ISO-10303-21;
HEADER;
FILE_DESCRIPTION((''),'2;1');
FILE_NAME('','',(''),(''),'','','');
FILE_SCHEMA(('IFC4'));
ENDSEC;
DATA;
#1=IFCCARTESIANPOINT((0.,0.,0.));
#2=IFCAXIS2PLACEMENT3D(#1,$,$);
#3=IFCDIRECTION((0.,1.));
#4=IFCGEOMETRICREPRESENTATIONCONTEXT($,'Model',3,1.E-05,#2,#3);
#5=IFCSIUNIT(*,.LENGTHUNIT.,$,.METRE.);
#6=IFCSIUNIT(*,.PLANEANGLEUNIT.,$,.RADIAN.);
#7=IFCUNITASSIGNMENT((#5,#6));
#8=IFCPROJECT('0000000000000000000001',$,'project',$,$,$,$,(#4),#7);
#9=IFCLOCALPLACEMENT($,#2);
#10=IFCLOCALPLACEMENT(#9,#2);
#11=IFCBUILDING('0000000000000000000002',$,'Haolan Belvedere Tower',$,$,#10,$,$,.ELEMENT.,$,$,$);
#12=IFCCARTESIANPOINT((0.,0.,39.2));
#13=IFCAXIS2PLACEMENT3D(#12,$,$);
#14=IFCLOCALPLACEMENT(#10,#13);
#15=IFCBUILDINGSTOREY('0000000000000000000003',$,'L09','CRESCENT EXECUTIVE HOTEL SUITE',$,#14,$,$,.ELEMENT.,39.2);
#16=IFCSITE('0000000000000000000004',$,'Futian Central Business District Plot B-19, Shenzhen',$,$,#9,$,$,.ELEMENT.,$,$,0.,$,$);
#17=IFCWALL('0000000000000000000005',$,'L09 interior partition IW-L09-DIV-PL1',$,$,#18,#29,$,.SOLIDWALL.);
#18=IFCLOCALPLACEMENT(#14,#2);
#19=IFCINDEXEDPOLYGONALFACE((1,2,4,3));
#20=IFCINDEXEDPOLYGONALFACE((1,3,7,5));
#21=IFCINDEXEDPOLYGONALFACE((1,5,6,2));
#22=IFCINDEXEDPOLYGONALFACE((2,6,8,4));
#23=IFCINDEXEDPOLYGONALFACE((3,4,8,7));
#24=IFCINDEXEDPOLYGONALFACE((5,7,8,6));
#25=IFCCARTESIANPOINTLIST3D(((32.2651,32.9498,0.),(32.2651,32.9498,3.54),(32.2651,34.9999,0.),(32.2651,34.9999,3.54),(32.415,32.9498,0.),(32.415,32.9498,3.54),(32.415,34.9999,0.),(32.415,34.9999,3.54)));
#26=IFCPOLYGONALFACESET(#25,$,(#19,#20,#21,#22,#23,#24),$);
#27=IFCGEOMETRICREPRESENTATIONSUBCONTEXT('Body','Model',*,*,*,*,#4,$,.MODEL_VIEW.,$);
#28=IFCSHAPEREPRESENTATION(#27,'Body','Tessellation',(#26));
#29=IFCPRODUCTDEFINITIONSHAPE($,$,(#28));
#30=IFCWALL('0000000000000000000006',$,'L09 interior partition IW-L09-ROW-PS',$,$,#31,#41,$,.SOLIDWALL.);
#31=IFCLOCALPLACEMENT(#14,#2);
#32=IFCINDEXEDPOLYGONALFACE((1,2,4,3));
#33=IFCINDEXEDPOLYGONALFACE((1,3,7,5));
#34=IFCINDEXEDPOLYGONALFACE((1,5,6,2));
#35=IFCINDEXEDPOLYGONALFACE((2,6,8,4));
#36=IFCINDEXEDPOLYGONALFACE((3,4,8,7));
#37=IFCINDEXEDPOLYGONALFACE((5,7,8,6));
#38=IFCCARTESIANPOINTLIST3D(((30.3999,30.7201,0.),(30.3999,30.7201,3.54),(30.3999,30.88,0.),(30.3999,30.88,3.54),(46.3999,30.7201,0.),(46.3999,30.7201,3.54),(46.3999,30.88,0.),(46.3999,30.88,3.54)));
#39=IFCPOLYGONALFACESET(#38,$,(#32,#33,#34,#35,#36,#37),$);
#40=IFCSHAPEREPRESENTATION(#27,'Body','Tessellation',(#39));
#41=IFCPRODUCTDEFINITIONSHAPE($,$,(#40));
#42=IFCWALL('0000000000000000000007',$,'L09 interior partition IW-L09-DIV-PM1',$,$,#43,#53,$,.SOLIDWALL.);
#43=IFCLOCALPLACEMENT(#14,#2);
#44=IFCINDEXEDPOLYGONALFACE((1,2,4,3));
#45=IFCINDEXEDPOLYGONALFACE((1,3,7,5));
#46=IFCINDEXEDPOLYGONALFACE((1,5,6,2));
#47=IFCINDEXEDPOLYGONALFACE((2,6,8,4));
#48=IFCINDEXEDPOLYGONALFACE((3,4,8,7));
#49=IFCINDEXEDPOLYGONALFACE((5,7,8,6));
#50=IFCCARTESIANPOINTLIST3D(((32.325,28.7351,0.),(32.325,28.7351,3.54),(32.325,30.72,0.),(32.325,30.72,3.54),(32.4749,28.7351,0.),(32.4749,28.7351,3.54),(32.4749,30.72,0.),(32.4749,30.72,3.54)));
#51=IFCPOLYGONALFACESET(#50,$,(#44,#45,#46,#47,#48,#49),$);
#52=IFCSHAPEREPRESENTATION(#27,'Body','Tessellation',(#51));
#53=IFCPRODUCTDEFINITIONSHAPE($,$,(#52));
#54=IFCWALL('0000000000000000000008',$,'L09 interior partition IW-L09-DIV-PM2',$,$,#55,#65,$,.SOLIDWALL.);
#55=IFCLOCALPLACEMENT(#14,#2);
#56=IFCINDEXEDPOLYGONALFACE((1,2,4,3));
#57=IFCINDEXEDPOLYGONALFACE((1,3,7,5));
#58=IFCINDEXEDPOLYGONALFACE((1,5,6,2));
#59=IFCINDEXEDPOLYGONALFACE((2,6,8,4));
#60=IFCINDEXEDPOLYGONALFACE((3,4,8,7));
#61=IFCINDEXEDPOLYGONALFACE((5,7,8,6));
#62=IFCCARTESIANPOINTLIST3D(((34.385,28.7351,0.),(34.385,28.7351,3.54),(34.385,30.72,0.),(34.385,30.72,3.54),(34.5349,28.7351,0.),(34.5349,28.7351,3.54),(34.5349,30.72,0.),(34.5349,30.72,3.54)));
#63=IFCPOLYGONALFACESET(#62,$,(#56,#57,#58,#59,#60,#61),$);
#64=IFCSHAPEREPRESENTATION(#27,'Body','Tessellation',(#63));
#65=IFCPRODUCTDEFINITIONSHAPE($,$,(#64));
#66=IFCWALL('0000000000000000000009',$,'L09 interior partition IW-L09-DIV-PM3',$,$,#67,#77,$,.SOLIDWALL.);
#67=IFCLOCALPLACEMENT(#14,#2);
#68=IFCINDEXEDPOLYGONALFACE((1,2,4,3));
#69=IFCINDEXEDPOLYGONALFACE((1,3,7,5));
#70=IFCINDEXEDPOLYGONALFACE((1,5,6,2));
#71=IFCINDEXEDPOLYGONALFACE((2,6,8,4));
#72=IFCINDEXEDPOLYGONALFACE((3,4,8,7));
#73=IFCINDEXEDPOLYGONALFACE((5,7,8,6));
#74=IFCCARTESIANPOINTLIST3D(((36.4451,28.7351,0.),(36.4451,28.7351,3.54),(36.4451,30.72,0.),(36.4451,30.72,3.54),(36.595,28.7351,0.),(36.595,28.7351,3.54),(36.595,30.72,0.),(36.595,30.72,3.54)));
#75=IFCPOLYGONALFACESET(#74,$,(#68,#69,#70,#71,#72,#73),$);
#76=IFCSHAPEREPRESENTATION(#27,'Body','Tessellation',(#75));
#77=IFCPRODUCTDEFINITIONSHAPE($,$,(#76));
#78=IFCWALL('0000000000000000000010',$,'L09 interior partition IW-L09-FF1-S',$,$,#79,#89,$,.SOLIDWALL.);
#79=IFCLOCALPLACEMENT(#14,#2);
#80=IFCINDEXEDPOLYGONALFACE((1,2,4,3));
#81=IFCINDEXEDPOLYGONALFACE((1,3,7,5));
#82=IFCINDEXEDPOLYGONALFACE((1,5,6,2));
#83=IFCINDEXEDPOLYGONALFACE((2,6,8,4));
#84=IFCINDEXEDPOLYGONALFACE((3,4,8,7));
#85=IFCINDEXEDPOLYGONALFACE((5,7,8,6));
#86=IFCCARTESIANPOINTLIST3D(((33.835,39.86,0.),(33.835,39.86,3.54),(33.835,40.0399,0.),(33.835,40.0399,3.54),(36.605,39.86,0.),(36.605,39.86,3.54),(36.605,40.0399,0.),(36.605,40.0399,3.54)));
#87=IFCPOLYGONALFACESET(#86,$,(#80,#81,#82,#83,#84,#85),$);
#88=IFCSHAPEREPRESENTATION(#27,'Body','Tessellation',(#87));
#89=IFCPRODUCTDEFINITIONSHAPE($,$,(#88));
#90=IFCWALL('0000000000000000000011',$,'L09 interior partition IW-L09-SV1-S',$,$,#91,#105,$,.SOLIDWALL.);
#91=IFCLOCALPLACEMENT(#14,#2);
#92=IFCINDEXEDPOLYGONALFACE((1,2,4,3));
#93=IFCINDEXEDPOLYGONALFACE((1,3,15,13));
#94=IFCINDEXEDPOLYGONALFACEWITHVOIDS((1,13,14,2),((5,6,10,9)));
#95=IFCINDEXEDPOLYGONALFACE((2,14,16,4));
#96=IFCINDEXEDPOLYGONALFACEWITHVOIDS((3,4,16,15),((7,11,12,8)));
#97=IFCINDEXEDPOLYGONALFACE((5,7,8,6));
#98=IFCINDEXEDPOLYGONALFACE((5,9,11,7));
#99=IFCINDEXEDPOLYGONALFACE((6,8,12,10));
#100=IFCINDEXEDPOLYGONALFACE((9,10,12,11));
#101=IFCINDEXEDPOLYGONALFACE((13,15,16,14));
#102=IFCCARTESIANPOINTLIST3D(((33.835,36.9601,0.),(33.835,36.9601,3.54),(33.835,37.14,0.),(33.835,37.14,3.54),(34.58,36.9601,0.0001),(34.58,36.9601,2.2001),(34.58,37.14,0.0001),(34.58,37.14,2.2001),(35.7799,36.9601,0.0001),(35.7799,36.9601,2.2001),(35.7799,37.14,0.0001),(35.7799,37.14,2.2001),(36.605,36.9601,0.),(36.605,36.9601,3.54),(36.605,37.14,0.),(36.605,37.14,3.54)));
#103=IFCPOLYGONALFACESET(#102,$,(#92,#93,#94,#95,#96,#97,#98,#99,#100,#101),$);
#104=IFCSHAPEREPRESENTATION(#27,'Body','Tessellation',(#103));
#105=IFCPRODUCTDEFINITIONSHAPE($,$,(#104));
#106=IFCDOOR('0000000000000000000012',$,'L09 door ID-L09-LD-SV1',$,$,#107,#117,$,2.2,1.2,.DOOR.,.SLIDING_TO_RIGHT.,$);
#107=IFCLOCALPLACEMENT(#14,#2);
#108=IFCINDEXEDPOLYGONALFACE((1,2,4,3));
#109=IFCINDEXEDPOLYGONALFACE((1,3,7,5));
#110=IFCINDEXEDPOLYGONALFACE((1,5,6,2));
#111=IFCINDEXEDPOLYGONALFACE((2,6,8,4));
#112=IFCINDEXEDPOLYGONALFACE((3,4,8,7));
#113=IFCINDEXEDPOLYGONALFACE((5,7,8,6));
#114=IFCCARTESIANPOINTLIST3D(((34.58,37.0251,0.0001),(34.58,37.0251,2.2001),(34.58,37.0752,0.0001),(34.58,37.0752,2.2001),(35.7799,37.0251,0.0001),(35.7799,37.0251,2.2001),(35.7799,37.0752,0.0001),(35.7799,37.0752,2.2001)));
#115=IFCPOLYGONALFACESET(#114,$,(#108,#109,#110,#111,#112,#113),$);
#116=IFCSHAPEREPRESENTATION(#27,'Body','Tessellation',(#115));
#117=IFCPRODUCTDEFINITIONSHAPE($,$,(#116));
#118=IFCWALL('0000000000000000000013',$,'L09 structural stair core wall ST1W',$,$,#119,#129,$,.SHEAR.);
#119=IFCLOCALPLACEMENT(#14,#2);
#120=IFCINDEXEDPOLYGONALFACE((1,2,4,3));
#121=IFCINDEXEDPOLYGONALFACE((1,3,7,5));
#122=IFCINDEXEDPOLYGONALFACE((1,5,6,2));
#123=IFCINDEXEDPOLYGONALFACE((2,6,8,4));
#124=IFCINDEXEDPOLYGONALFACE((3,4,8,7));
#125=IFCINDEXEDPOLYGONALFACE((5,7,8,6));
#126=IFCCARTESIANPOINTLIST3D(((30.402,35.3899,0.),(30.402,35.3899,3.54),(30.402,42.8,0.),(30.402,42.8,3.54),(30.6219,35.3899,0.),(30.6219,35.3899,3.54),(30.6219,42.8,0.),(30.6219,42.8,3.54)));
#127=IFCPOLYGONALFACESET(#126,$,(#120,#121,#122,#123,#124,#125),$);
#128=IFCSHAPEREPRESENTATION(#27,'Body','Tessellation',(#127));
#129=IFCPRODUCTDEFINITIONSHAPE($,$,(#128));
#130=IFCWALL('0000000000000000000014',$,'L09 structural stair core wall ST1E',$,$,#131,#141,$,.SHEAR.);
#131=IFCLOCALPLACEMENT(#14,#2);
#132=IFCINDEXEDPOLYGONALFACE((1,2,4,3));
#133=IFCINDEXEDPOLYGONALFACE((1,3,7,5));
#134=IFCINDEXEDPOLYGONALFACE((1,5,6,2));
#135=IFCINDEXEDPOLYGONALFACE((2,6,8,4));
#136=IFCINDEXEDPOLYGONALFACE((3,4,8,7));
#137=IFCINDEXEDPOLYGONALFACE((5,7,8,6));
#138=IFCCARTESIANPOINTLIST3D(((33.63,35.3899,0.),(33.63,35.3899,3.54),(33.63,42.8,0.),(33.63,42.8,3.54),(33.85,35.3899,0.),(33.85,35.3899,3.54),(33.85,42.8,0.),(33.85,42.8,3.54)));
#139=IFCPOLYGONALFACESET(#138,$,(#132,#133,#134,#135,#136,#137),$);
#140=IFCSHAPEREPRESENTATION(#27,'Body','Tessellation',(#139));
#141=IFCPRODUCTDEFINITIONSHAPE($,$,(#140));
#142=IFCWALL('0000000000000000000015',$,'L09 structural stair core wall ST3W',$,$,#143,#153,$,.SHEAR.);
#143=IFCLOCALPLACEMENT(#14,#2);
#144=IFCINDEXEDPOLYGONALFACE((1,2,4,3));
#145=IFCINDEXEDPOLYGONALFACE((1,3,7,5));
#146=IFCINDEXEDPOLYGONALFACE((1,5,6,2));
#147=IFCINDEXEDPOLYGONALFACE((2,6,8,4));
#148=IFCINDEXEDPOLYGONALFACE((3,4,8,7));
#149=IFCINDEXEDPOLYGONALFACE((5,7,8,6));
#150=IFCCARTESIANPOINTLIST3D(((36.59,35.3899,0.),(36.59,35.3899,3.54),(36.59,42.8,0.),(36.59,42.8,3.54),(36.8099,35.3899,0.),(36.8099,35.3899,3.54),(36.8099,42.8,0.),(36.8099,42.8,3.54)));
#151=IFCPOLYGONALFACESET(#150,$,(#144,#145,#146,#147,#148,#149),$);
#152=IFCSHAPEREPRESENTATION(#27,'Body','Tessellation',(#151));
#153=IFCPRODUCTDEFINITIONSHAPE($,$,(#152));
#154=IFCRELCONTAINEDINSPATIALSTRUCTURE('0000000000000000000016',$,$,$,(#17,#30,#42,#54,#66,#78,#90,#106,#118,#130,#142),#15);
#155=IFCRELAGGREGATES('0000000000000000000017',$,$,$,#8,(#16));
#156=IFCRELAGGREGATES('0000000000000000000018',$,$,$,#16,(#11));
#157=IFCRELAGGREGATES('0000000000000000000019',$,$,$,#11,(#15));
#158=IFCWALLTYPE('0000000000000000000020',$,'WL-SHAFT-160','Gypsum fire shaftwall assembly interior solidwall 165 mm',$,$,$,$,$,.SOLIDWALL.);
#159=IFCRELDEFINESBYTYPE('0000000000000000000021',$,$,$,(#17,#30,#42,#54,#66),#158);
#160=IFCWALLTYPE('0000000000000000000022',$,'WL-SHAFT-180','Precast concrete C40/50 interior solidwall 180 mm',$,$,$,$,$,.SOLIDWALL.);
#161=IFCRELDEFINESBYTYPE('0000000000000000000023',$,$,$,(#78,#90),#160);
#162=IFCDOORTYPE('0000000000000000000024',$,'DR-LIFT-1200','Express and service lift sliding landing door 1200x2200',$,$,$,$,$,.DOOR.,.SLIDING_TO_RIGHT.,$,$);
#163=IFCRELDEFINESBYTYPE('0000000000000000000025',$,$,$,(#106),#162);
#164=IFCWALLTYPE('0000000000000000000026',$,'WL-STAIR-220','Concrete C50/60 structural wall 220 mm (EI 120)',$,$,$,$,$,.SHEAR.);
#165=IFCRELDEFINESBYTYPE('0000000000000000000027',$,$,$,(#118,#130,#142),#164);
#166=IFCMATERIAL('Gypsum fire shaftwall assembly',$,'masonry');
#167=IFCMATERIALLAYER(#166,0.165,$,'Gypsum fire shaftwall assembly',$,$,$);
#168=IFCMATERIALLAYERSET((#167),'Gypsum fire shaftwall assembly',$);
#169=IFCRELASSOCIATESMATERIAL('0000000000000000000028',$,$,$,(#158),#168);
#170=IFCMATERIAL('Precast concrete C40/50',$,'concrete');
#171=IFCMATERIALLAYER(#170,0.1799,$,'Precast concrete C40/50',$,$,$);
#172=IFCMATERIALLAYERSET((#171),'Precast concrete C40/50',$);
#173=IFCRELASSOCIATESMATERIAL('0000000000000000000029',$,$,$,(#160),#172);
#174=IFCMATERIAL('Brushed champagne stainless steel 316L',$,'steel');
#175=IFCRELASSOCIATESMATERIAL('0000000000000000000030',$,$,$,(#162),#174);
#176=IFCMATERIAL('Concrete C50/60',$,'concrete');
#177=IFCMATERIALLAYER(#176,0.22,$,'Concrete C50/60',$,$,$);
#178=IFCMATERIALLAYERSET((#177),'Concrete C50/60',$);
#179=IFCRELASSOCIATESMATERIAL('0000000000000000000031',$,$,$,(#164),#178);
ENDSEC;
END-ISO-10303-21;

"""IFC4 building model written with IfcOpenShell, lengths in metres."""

from ifc_helpers import new_model, si_unit, direction, frame, frame_2d, origin, place, context, subcontext, project, spatial, rectangle, extrude, material, layer, layer_set, type_object, element, fill, save


model = new_model("IFC4")

# Units and contexts
model_context = context("Model", 3, precision=1e-05, world=origin(), true_north=direction((0.0, 1.0)))
body_context = subcontext(model_context, "Body", "Model", "MODEL_VIEW")
ifc_project = project(units=[si_unit("LENGTHUNIT", "METRE"), si_unit("PLANEANGLEUNIT", "RADIAN")], contexts=[model_context])

# Site, building, storey
site_placement = place(None, origin())
site = spatial("IfcSite", under=ifc_project, at=site_placement, Name="Futian Central Business District Plot B-19, Shenzhen", CompositionType="ELEMENT", RefElevation=0.0)
building_placement = place(site_placement, origin())
building = spatial("IfcBuilding", under=site, at=building_placement, Name="Haolan Belvedere Tower", CompositionType="ELEMENT")
storey_placement = place(building_placement, frame((0.0, 0.0, 39.2)))
storey = spatial("IfcBuildingStorey", under=building, at=storey_placement, Name="L09", Description="CRESCENT EXECUTIVE HOTEL SUITE", CompositionType="ELEMENT", Elevation=39.2)

# Shared definitions
ifc_material_1 = material(Name="Gypsum fire shaftwall assembly", Category="masonry")
ifc_layer_1 = layer(ifc_material_1, 0.165, Name="Gypsum fire shaftwall assembly")
ifc_layer_set_1 = layer_set([ifc_layer_1], Name="Gypsum fire shaftwall assembly")
wall_type_1 = type_object("IfcWallType", Name="WL-SHAFT-160", Description="Gypsum fire shaftwall assembly interior solidwall 165 mm", PredefinedType="SOLIDWALL", material=ifc_layer_set_1)

# Shared definitions
ifc_material_2 = material(Name="Brushed champagne stainless steel 316L", Category="steel")

# Walls
wall_1_placement = place(storey_placement, frame((32.3401, 32.95, 0.0), z_axis=(0.0, 0.0, 1.0), x_axis=(0.0, 1.0, 0.0)))
element("IfcWall", 1, at=wall_1_placement, inside=storey, type_object=wall_type_1, Name="L09 interior partition IW-L09-DIV-PL1", PredefinedType="SOLIDWALL", context=body_context, shape_type="SweptSolid", body=[
    extrude(rectangle(XDim=2.05, YDim=0.1499, at=frame_2d((1.0249, 0.0))), origin(), (0.0, 0.0, 1.0), 3.54),
])
wall_2_placement = place(storey_placement, frame((30.3999, 30.8, 0.0), z_axis=(0.0, 0.0, 1.0), x_axis=(1.0, 0.0, 0.0)))
element("IfcWall", 2, at=wall_2_placement, inside=storey, type_object=wall_type_1, Name="L09 interior partition IW-L09-ROW-PS", PredefinedType="SOLIDWALL", context=body_context, shape_type="SweptSolid", body=[
    extrude(rectangle(XDim=16.0, YDim=0.1599, at=frame_2d((8.0, 0.0))), origin(), (0.0, 0.0, 1.0), 3.54),
])
for number, where, z_axis, x_axis, name in (
    (3, (32.3999, 28.7351, 0.0), (0.0, 0.0, 1.0), (0.0, 1.0, 0.0), "L09 interior partition IW-L09-DIV-PM1"),
    (4, (34.46, 28.7351, 0.0), (0.0, 0.0, 1.0), (0.0, 1.0, 0.0), "L09 interior partition IW-L09-DIV-PM2"),
    (5, (36.52, 28.7351, 0.0), (0.0, 0.0, 1.0), (0.0, 1.0, 0.0), "L09 interior partition IW-L09-DIV-PM3"),
):
    element("IfcWall", number, at=place(storey_placement, frame(where, z_axis=z_axis, x_axis=x_axis)), inside=storey, type_object=wall_type_1, Name=name, PredefinedType="SOLIDWALL", context=body_context, shape_type="SweptSolid", body=[
        extrude(rectangle(XDim=1.9849, YDim=0.1499, at=frame_2d((0.9924, 0.0))), origin(), (0.0, 0.0, 1.0), 3.54),
    ])
ifc_material_3 = material(Name="Precast concrete C40/50", Category="concrete")
ifc_layer_2 = layer(ifc_material_3, 0.1799, Name="Precast concrete C40/50")
ifc_layer_set_2 = layer_set([ifc_layer_2], Name="Precast concrete C40/50")
wall_type_2 = type_object("IfcWallType", Name="WL-SHAFT-180", Description="Precast concrete C40/50 interior solidwall 180 mm", PredefinedType="SOLIDWALL", material=ifc_layer_set_2)
wall_3_placement = place(storey_placement, frame((33.835, 39.95, 0.0), z_axis=(0.0, 0.0, 1.0), x_axis=(1.0, 0.0, 0.0)))
element("IfcWall", 6, at=wall_3_placement, inside=storey, type_object=wall_type_2, Name="L09 interior partition IW-L09-FF1-S", PredefinedType="SOLIDWALL", context=body_context, shape_type="SweptSolid", body=[
    extrude(rectangle(XDim=2.77, YDim=0.1799, at=frame_2d((1.385, 0.0))), origin(), (0.0, 0.0, 1.0), 3.54),
])

# Wall, opening, door
wall_4_placement = place(storey_placement, frame((33.835, 37.05, 0.0), z_axis=(0.0, 0.0, 1.0), x_axis=(1.0, 0.0, 0.0)))
wall_4 = element("IfcWall", 7, at=wall_4_placement, inside=storey, type_object=wall_type_2, Name="L09 interior partition IW-L09-SV1-S", PredefinedType="SOLIDWALL", context=body_context, shape_type="SweptSolid", body=[
    extrude(rectangle(XDim=2.77, YDim=0.1799, at=frame_2d((1.385, 0.0))), origin(), (0.0, 0.0, 1.0), 3.54),
])
opening_1_placement = place(wall_4_placement, frame((1.9451, 0.0, 0.0), z_axis=(0.0, 0.0, 1.0), x_axis=(-1.0, 0.0, 0.0)))
opening_1 = element("IfcOpeningElement", 8, at=opening_1_placement, cuts=wall_4, PredefinedType="OPENING", context=body_context, shape_type="SweptSolid", body=[
    extrude(rectangle(XDim=1.2, YDim=2.2, at=frame_2d((0.6001, 1.1001))), frame((0.0, 0.0999, 0.0), z_axis=(0.0, -1.0, 0.0), x_axis=(1.0, 0.0, 0.0)), (0.0, 0.0, 1.0), 0.2),
])
door_type_1 = type_object("IfcDoorType", Name="DR-LIFT-1200", Description="Express and service lift sliding landing door 1200x2200", OperationType="SLIDING_TO_RIGHT", PredefinedType="DOOR", material=ifc_material_2)
door_1_placement = place(opening_1_placement, origin())
door_1 = element("IfcDoor", 9, at=door_1_placement, inside=storey, type_object=door_type_1, Name="L09 door ID-L09-LD-SV1", OperationType="SLIDING_TO_RIGHT", OverallHeight=2.2, OverallWidth=1.2, PredefinedType="DOOR", context=body_context, shape_type="SweptSolid", body=[
    extrude(rectangle(XDim=1.2, YDim=2.2, at=frame_2d((0.6001, 1.1001))), frame((0.0, 0.0249, 0.0), z_axis=(0.0, -1.0, 0.0), x_axis=(1.0, 0.0, 0.0)), (0.0, 0.0, 1.0), 0.05),
])
fill(opening_1, door_1)

# Walls
ifc_material_4 = material(Name="Concrete C50/60", Category="concrete")
ifc_layer_3 = layer(ifc_material_4, 0.22, Name="Concrete C50/60")
ifc_layer_set_3 = layer_set([ifc_layer_3], Name="Concrete C50/60")
wall_type_3 = type_object("IfcWallType", Name="WL-STAIR-220", Description="Concrete C50/60 structural wall 220 mm (EI 120)", PredefinedType="SHEAR", material=ifc_layer_set_3)
for number, where, z_axis, x_axis, name in (
    (10, (30.512, 35.3899, 0.0), (0.0, 0.0, 1.0), (0.0, 1.0, 0.0), "L09 structural stair core wall ST1W"),
    (11, (33.74, 35.3899, 0.0), (0.0, 0.0, 1.0), (0.0, 1.0, 0.0), "L09 structural stair core wall ST1E"),
    (12, (36.7, 35.3899, 0.0), (0.0, 0.0, 1.0), (0.0, 1.0, 0.0), "L09 structural stair core wall ST3W"),
):
    element("IfcWall", number, at=place(storey_placement, frame(where, z_axis=z_axis, x_axis=x_axis)), inside=storey, type_object=wall_type_3, Name=name, PredefinedType="SHEAR", context=body_context, shape_type="SweptSolid", body=[
        extrude(rectangle(XDim=7.4102, YDim=0.22, at=frame_2d((3.7051, 0.0))), origin(), (0.0, 0.0, 1.0), 3.54),
    ])

save(model, "model.ifc")
